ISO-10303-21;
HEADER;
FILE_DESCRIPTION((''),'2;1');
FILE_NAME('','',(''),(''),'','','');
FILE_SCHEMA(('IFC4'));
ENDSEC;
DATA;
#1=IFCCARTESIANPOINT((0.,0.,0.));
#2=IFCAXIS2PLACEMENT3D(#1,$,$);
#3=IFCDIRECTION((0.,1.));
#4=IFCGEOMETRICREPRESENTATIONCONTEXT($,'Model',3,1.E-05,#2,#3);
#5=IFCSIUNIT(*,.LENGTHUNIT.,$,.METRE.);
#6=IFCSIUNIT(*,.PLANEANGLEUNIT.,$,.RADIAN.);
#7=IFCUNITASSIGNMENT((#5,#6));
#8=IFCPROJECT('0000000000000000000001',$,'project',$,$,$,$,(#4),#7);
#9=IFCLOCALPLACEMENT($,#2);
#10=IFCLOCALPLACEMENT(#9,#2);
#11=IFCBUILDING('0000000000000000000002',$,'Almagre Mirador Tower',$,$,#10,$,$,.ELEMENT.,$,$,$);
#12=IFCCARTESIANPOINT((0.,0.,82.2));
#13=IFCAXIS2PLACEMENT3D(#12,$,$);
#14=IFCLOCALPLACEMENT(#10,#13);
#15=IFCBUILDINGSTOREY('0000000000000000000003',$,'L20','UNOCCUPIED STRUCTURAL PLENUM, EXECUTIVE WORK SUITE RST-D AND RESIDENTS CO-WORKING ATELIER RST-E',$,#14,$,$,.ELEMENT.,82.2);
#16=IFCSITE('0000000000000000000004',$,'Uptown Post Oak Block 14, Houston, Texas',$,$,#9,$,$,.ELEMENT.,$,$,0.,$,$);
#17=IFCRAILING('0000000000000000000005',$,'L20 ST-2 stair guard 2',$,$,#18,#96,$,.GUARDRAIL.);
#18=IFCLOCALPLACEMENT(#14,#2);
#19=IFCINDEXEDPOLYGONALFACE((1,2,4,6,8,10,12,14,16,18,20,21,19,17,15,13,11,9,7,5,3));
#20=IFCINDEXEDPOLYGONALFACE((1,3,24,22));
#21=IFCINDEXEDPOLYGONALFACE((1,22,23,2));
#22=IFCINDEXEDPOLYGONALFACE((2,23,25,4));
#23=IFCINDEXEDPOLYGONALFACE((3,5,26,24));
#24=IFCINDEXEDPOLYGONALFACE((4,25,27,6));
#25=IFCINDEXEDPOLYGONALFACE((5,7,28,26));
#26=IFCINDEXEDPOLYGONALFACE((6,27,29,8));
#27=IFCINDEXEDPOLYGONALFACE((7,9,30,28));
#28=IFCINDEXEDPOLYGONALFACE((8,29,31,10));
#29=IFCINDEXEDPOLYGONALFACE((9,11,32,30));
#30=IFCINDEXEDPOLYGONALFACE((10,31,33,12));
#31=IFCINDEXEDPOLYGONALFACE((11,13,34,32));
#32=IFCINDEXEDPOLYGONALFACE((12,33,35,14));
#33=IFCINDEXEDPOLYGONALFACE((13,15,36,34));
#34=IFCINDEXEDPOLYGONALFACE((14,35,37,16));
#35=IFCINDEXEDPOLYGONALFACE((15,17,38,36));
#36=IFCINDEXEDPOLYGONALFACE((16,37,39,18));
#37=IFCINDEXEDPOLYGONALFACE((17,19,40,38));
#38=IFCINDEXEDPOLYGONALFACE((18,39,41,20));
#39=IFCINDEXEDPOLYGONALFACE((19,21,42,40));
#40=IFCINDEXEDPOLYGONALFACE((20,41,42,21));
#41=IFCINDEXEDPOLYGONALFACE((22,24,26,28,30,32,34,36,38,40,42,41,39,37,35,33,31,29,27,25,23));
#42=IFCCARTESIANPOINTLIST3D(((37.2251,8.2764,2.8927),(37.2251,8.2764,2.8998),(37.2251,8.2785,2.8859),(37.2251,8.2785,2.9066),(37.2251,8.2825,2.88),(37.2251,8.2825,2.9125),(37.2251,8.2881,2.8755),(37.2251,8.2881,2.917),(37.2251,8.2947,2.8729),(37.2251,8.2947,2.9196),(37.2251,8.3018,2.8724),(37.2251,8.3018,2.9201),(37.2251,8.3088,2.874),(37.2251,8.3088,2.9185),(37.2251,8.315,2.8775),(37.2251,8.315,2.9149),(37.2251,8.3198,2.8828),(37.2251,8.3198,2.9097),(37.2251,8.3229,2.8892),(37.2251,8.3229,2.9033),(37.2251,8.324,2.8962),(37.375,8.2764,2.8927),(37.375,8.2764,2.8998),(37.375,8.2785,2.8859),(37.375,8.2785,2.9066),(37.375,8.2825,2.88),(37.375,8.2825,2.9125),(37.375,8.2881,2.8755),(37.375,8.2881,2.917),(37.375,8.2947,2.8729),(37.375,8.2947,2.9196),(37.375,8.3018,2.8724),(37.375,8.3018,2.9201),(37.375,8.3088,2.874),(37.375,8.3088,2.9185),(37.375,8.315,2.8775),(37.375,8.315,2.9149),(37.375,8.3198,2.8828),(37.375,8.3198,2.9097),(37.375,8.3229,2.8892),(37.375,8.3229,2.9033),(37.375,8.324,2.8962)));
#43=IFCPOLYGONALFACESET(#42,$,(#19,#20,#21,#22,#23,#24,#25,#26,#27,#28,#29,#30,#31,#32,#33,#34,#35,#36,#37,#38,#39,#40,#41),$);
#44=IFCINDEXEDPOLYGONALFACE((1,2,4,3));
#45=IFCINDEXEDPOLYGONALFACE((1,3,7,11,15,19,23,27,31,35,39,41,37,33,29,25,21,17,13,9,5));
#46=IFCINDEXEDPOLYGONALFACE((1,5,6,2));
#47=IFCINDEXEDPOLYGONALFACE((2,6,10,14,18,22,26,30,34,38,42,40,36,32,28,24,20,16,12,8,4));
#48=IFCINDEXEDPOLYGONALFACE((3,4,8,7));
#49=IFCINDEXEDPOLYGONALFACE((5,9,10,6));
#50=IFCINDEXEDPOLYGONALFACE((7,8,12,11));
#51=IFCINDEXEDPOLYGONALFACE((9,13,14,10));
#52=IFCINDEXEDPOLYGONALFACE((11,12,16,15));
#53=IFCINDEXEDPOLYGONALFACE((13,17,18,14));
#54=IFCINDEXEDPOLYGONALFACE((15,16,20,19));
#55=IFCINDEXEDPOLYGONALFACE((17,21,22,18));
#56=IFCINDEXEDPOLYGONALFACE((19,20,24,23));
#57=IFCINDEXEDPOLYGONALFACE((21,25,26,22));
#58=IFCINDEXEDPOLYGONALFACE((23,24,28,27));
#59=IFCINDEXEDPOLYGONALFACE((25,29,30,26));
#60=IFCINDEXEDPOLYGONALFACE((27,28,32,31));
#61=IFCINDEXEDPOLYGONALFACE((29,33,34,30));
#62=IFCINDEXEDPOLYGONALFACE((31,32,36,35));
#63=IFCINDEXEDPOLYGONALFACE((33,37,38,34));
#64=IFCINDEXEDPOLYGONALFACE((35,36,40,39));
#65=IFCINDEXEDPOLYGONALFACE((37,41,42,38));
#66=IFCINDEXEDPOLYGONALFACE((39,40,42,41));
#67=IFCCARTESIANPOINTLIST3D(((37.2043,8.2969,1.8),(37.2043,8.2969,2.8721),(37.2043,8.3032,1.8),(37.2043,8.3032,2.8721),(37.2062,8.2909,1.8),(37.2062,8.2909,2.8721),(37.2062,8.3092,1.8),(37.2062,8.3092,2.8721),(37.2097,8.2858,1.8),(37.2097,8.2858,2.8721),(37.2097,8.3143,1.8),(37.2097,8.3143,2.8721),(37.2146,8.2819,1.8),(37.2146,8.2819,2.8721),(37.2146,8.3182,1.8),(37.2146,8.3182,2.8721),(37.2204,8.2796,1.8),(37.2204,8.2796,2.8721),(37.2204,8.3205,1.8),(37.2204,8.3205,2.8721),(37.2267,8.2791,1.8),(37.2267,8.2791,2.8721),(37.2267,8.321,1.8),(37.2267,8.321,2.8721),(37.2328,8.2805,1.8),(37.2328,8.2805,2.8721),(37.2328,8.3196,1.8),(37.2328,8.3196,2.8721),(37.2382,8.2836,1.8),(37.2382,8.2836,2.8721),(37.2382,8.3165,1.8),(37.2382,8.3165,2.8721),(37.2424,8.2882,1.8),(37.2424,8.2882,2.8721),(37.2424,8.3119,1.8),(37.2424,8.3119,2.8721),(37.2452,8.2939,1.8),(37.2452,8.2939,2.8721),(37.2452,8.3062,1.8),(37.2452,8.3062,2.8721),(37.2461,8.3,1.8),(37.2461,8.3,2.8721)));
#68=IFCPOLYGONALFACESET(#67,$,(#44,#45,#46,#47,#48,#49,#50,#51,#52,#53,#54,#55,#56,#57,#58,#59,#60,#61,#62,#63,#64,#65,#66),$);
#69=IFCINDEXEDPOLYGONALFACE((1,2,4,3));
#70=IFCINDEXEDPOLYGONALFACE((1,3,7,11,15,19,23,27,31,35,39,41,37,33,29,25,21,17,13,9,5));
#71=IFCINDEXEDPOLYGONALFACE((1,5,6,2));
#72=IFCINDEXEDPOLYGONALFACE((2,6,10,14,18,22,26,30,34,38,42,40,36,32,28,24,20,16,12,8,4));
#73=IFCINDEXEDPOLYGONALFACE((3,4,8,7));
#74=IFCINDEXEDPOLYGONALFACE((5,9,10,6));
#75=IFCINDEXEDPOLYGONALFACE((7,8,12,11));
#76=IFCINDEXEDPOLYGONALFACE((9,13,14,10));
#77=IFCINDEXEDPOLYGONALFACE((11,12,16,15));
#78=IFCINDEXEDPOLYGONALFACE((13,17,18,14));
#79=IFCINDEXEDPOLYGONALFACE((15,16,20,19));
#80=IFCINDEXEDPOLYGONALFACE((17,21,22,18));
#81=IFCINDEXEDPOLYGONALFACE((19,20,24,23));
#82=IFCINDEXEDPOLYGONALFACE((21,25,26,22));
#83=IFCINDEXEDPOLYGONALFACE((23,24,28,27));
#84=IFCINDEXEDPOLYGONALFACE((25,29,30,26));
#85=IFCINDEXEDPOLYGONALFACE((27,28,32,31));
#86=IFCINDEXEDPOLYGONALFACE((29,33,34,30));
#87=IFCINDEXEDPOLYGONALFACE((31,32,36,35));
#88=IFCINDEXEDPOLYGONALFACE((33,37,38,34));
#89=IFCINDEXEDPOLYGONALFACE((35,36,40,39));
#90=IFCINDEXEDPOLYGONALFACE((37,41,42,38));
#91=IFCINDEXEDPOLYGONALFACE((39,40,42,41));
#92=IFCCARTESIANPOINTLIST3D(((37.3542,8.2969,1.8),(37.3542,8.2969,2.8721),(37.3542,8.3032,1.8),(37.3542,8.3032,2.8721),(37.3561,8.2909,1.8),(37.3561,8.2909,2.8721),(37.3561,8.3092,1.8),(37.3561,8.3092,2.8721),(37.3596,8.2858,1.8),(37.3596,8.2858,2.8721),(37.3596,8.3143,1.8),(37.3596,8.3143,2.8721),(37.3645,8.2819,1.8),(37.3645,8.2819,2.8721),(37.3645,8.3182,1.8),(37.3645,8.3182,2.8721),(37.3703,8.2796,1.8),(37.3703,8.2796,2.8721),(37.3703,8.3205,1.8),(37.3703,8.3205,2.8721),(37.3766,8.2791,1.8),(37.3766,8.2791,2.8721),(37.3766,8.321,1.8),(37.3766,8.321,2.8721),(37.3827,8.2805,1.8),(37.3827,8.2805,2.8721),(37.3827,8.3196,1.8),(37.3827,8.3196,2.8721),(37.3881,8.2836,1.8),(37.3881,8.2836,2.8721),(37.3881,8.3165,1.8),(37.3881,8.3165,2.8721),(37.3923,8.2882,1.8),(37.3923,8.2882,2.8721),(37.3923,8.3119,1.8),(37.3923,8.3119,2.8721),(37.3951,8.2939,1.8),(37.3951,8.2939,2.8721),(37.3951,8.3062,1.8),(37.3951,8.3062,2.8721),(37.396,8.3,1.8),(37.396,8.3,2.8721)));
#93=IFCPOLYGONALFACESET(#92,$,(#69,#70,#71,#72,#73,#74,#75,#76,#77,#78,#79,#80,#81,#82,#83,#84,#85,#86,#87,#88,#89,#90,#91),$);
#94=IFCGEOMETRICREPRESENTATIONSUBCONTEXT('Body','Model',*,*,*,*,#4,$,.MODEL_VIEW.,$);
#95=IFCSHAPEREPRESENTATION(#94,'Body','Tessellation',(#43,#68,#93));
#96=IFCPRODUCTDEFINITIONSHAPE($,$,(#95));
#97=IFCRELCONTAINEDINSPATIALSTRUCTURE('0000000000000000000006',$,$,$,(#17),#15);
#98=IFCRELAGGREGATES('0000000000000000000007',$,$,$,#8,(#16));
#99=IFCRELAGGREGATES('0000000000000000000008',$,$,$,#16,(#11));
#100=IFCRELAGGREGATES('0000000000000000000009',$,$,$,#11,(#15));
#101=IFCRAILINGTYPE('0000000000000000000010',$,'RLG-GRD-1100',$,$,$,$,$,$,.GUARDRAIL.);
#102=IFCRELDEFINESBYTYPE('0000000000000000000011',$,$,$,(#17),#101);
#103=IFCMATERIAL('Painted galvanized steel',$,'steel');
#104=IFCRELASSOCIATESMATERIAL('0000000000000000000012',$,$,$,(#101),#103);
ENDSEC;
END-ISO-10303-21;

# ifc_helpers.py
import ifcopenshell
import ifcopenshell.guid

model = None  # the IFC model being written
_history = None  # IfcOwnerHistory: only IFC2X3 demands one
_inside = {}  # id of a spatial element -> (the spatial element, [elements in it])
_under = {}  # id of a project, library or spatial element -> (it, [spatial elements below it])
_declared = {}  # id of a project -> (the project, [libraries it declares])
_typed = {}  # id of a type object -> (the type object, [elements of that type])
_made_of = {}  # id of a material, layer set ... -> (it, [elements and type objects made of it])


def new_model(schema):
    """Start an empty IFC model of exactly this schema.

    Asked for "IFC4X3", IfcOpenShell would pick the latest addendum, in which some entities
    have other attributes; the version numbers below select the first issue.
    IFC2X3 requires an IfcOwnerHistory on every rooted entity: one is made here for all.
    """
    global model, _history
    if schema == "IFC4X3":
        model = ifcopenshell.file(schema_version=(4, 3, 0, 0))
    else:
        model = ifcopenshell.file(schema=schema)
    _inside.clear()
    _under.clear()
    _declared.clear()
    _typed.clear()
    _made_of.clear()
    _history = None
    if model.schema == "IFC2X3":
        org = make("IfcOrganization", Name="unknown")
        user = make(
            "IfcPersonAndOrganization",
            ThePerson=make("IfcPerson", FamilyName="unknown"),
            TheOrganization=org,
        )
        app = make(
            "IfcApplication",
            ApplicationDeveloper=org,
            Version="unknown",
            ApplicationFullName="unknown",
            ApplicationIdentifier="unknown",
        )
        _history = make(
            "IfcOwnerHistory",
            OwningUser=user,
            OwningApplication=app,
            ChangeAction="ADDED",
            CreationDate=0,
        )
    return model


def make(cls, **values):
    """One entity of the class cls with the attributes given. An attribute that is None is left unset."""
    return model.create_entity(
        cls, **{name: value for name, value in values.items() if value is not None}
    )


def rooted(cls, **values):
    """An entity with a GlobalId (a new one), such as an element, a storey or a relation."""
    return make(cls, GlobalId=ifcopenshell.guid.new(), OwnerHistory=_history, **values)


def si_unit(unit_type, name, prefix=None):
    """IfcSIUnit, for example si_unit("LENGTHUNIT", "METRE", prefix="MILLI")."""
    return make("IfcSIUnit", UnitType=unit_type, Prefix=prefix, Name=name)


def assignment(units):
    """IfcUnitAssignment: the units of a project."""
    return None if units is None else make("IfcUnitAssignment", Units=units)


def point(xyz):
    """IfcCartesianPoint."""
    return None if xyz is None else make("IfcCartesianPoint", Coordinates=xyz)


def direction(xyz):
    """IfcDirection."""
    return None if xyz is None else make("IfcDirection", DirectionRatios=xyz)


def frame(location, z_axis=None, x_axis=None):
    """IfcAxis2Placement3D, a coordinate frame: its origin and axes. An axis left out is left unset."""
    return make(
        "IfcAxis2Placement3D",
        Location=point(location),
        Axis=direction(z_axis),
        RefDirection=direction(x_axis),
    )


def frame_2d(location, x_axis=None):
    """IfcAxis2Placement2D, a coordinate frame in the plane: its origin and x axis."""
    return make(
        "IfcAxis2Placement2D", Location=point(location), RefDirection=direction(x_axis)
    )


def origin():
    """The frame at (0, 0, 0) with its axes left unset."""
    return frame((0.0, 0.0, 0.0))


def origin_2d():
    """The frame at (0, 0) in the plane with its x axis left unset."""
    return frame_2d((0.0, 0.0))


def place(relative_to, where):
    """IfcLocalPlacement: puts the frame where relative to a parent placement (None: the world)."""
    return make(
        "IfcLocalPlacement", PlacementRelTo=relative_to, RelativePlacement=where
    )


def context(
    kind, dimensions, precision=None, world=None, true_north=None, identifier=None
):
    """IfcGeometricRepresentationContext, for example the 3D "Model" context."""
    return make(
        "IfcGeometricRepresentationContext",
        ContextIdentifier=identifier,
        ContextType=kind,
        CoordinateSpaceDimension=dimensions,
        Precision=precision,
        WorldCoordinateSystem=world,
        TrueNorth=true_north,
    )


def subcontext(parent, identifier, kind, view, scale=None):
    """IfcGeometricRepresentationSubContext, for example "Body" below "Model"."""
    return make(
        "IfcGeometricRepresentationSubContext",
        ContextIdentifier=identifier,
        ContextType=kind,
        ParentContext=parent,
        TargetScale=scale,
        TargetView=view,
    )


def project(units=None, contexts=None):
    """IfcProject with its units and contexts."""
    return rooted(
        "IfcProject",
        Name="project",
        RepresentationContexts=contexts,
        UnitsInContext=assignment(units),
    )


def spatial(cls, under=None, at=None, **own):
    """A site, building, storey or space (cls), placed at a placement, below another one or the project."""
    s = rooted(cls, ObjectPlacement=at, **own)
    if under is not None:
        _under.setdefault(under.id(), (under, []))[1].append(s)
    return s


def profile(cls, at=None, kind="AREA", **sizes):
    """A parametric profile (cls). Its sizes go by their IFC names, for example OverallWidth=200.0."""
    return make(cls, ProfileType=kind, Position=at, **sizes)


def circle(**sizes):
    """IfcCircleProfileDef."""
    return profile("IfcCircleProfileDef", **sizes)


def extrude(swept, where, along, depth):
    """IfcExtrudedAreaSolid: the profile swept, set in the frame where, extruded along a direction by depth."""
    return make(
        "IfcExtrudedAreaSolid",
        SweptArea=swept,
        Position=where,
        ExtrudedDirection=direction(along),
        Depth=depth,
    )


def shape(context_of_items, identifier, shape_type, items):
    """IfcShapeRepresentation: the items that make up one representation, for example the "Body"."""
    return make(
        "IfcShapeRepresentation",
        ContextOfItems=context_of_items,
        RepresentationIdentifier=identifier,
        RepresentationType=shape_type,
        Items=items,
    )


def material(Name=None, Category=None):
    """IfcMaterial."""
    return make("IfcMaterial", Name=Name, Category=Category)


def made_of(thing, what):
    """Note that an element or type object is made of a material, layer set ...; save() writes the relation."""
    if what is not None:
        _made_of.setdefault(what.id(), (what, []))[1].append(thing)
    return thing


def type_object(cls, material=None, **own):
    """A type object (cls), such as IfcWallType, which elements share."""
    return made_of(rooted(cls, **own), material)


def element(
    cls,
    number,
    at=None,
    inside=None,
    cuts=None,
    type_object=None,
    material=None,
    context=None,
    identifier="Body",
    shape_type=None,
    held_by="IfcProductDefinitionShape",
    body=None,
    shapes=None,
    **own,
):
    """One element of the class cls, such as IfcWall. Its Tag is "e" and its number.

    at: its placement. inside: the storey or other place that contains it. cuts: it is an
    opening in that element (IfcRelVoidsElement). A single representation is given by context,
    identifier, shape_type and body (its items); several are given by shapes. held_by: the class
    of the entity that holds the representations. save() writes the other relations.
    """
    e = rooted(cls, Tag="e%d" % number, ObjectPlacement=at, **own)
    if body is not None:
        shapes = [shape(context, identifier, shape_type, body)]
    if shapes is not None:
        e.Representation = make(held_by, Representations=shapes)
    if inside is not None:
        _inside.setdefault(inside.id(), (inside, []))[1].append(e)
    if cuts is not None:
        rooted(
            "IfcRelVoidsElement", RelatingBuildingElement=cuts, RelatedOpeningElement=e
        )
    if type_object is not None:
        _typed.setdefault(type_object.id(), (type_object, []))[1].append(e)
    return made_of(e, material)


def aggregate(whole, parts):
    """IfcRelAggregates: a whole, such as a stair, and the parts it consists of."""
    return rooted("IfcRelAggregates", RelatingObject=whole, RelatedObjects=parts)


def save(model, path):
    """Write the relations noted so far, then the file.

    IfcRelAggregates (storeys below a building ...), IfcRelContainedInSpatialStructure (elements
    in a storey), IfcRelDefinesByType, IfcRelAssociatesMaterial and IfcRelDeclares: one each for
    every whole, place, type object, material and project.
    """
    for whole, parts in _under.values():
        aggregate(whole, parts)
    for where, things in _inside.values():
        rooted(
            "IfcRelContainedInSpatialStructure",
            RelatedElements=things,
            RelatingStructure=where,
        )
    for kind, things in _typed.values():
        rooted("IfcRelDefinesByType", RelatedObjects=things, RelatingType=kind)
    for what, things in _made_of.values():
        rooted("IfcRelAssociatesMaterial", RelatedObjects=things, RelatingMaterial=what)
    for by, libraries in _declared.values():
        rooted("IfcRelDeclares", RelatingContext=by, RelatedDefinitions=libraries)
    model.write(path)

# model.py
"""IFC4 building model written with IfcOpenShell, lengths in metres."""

from ifc_helpers import new_model, si_unit, direction, frame, origin, origin_2d, place, context, subcontext, project, spatial, circle, extrude, material, type_object, element, save


model = new_model("IFC4")

# Units and contexts
model_context = context("Model", 3, precision=1e-05, world=origin(), true_north=direction((0.0, 1.0)))
body_context = subcontext(model_context, "Body", "Model", "MODEL_VIEW")
ifc_project = project(units=[si_unit("LENGTHUNIT", "METRE"), si_unit("PLANEANGLEUNIT", "RADIAN")], contexts=[model_context])

# Site, building, storey
site_placement = place(None, origin())
site = spatial("IfcSite", under=ifc_project, at=site_placement, Name="Uptown Post Oak Block 14, Houston, Texas", CompositionType="ELEMENT", RefElevation=0.0)
building_placement = place(site_placement, origin())
building = spatial("IfcBuilding", under=site, at=building_placement, Name="Almagre Mirador Tower", CompositionType="ELEMENT")
storey_placement = place(building_placement, frame((0.0, 0.0, 82.2)))
storey = spatial("IfcBuildingStorey", under=building, at=storey_placement, Name="L20", Description="UNOCCUPIED STRUCTURAL PLENUM, EXECUTIVE WORK SUITE RST-D AND RESIDENTS CO-WORKING ATELIER RST-E", CompositionType="ELEMENT", Elevation=82.2)

# Railing
ifc_material_1 = material(Name="Painted galvanized steel", Category="steel")
railing_type_1 = type_object("IfcRailingType", Name="RLG-GRD-1100", PredefinedType="GUARDRAIL", material=ifc_material_1)
railing_1_placement = place(storey_placement, frame((37.2251, 8.3, 1.8)))
element("IfcRailing", 1, at=railing_1_placement, inside=storey, type_object=railing_type_1, Name="L20 ST-2 stair guard 2", PredefinedType="GUARDRAIL", context=body_context, shape_type="SweptSolid", body=[
    extrude(circle(Radius=0.0239, at=origin_2d()), frame((0.0, 0.0, 1.0962), z_axis=(1.0, 0.0, 0.0), x_axis=(0.0, 1.0, 0.0)), (0.0, 0.0, 1.0), 0.1499),
    extrude(circle(Radius=0.021, at=origin_2d()), origin(), (0.0, 0.0, 1.0), 1.072),
    extrude(circle(Radius=0.021, at=origin_2d()), frame((0.1499, 0.0, 0.0)), (0.0, 0.0, 1.0), 1.072),
])

save(model, "model.ifc")
